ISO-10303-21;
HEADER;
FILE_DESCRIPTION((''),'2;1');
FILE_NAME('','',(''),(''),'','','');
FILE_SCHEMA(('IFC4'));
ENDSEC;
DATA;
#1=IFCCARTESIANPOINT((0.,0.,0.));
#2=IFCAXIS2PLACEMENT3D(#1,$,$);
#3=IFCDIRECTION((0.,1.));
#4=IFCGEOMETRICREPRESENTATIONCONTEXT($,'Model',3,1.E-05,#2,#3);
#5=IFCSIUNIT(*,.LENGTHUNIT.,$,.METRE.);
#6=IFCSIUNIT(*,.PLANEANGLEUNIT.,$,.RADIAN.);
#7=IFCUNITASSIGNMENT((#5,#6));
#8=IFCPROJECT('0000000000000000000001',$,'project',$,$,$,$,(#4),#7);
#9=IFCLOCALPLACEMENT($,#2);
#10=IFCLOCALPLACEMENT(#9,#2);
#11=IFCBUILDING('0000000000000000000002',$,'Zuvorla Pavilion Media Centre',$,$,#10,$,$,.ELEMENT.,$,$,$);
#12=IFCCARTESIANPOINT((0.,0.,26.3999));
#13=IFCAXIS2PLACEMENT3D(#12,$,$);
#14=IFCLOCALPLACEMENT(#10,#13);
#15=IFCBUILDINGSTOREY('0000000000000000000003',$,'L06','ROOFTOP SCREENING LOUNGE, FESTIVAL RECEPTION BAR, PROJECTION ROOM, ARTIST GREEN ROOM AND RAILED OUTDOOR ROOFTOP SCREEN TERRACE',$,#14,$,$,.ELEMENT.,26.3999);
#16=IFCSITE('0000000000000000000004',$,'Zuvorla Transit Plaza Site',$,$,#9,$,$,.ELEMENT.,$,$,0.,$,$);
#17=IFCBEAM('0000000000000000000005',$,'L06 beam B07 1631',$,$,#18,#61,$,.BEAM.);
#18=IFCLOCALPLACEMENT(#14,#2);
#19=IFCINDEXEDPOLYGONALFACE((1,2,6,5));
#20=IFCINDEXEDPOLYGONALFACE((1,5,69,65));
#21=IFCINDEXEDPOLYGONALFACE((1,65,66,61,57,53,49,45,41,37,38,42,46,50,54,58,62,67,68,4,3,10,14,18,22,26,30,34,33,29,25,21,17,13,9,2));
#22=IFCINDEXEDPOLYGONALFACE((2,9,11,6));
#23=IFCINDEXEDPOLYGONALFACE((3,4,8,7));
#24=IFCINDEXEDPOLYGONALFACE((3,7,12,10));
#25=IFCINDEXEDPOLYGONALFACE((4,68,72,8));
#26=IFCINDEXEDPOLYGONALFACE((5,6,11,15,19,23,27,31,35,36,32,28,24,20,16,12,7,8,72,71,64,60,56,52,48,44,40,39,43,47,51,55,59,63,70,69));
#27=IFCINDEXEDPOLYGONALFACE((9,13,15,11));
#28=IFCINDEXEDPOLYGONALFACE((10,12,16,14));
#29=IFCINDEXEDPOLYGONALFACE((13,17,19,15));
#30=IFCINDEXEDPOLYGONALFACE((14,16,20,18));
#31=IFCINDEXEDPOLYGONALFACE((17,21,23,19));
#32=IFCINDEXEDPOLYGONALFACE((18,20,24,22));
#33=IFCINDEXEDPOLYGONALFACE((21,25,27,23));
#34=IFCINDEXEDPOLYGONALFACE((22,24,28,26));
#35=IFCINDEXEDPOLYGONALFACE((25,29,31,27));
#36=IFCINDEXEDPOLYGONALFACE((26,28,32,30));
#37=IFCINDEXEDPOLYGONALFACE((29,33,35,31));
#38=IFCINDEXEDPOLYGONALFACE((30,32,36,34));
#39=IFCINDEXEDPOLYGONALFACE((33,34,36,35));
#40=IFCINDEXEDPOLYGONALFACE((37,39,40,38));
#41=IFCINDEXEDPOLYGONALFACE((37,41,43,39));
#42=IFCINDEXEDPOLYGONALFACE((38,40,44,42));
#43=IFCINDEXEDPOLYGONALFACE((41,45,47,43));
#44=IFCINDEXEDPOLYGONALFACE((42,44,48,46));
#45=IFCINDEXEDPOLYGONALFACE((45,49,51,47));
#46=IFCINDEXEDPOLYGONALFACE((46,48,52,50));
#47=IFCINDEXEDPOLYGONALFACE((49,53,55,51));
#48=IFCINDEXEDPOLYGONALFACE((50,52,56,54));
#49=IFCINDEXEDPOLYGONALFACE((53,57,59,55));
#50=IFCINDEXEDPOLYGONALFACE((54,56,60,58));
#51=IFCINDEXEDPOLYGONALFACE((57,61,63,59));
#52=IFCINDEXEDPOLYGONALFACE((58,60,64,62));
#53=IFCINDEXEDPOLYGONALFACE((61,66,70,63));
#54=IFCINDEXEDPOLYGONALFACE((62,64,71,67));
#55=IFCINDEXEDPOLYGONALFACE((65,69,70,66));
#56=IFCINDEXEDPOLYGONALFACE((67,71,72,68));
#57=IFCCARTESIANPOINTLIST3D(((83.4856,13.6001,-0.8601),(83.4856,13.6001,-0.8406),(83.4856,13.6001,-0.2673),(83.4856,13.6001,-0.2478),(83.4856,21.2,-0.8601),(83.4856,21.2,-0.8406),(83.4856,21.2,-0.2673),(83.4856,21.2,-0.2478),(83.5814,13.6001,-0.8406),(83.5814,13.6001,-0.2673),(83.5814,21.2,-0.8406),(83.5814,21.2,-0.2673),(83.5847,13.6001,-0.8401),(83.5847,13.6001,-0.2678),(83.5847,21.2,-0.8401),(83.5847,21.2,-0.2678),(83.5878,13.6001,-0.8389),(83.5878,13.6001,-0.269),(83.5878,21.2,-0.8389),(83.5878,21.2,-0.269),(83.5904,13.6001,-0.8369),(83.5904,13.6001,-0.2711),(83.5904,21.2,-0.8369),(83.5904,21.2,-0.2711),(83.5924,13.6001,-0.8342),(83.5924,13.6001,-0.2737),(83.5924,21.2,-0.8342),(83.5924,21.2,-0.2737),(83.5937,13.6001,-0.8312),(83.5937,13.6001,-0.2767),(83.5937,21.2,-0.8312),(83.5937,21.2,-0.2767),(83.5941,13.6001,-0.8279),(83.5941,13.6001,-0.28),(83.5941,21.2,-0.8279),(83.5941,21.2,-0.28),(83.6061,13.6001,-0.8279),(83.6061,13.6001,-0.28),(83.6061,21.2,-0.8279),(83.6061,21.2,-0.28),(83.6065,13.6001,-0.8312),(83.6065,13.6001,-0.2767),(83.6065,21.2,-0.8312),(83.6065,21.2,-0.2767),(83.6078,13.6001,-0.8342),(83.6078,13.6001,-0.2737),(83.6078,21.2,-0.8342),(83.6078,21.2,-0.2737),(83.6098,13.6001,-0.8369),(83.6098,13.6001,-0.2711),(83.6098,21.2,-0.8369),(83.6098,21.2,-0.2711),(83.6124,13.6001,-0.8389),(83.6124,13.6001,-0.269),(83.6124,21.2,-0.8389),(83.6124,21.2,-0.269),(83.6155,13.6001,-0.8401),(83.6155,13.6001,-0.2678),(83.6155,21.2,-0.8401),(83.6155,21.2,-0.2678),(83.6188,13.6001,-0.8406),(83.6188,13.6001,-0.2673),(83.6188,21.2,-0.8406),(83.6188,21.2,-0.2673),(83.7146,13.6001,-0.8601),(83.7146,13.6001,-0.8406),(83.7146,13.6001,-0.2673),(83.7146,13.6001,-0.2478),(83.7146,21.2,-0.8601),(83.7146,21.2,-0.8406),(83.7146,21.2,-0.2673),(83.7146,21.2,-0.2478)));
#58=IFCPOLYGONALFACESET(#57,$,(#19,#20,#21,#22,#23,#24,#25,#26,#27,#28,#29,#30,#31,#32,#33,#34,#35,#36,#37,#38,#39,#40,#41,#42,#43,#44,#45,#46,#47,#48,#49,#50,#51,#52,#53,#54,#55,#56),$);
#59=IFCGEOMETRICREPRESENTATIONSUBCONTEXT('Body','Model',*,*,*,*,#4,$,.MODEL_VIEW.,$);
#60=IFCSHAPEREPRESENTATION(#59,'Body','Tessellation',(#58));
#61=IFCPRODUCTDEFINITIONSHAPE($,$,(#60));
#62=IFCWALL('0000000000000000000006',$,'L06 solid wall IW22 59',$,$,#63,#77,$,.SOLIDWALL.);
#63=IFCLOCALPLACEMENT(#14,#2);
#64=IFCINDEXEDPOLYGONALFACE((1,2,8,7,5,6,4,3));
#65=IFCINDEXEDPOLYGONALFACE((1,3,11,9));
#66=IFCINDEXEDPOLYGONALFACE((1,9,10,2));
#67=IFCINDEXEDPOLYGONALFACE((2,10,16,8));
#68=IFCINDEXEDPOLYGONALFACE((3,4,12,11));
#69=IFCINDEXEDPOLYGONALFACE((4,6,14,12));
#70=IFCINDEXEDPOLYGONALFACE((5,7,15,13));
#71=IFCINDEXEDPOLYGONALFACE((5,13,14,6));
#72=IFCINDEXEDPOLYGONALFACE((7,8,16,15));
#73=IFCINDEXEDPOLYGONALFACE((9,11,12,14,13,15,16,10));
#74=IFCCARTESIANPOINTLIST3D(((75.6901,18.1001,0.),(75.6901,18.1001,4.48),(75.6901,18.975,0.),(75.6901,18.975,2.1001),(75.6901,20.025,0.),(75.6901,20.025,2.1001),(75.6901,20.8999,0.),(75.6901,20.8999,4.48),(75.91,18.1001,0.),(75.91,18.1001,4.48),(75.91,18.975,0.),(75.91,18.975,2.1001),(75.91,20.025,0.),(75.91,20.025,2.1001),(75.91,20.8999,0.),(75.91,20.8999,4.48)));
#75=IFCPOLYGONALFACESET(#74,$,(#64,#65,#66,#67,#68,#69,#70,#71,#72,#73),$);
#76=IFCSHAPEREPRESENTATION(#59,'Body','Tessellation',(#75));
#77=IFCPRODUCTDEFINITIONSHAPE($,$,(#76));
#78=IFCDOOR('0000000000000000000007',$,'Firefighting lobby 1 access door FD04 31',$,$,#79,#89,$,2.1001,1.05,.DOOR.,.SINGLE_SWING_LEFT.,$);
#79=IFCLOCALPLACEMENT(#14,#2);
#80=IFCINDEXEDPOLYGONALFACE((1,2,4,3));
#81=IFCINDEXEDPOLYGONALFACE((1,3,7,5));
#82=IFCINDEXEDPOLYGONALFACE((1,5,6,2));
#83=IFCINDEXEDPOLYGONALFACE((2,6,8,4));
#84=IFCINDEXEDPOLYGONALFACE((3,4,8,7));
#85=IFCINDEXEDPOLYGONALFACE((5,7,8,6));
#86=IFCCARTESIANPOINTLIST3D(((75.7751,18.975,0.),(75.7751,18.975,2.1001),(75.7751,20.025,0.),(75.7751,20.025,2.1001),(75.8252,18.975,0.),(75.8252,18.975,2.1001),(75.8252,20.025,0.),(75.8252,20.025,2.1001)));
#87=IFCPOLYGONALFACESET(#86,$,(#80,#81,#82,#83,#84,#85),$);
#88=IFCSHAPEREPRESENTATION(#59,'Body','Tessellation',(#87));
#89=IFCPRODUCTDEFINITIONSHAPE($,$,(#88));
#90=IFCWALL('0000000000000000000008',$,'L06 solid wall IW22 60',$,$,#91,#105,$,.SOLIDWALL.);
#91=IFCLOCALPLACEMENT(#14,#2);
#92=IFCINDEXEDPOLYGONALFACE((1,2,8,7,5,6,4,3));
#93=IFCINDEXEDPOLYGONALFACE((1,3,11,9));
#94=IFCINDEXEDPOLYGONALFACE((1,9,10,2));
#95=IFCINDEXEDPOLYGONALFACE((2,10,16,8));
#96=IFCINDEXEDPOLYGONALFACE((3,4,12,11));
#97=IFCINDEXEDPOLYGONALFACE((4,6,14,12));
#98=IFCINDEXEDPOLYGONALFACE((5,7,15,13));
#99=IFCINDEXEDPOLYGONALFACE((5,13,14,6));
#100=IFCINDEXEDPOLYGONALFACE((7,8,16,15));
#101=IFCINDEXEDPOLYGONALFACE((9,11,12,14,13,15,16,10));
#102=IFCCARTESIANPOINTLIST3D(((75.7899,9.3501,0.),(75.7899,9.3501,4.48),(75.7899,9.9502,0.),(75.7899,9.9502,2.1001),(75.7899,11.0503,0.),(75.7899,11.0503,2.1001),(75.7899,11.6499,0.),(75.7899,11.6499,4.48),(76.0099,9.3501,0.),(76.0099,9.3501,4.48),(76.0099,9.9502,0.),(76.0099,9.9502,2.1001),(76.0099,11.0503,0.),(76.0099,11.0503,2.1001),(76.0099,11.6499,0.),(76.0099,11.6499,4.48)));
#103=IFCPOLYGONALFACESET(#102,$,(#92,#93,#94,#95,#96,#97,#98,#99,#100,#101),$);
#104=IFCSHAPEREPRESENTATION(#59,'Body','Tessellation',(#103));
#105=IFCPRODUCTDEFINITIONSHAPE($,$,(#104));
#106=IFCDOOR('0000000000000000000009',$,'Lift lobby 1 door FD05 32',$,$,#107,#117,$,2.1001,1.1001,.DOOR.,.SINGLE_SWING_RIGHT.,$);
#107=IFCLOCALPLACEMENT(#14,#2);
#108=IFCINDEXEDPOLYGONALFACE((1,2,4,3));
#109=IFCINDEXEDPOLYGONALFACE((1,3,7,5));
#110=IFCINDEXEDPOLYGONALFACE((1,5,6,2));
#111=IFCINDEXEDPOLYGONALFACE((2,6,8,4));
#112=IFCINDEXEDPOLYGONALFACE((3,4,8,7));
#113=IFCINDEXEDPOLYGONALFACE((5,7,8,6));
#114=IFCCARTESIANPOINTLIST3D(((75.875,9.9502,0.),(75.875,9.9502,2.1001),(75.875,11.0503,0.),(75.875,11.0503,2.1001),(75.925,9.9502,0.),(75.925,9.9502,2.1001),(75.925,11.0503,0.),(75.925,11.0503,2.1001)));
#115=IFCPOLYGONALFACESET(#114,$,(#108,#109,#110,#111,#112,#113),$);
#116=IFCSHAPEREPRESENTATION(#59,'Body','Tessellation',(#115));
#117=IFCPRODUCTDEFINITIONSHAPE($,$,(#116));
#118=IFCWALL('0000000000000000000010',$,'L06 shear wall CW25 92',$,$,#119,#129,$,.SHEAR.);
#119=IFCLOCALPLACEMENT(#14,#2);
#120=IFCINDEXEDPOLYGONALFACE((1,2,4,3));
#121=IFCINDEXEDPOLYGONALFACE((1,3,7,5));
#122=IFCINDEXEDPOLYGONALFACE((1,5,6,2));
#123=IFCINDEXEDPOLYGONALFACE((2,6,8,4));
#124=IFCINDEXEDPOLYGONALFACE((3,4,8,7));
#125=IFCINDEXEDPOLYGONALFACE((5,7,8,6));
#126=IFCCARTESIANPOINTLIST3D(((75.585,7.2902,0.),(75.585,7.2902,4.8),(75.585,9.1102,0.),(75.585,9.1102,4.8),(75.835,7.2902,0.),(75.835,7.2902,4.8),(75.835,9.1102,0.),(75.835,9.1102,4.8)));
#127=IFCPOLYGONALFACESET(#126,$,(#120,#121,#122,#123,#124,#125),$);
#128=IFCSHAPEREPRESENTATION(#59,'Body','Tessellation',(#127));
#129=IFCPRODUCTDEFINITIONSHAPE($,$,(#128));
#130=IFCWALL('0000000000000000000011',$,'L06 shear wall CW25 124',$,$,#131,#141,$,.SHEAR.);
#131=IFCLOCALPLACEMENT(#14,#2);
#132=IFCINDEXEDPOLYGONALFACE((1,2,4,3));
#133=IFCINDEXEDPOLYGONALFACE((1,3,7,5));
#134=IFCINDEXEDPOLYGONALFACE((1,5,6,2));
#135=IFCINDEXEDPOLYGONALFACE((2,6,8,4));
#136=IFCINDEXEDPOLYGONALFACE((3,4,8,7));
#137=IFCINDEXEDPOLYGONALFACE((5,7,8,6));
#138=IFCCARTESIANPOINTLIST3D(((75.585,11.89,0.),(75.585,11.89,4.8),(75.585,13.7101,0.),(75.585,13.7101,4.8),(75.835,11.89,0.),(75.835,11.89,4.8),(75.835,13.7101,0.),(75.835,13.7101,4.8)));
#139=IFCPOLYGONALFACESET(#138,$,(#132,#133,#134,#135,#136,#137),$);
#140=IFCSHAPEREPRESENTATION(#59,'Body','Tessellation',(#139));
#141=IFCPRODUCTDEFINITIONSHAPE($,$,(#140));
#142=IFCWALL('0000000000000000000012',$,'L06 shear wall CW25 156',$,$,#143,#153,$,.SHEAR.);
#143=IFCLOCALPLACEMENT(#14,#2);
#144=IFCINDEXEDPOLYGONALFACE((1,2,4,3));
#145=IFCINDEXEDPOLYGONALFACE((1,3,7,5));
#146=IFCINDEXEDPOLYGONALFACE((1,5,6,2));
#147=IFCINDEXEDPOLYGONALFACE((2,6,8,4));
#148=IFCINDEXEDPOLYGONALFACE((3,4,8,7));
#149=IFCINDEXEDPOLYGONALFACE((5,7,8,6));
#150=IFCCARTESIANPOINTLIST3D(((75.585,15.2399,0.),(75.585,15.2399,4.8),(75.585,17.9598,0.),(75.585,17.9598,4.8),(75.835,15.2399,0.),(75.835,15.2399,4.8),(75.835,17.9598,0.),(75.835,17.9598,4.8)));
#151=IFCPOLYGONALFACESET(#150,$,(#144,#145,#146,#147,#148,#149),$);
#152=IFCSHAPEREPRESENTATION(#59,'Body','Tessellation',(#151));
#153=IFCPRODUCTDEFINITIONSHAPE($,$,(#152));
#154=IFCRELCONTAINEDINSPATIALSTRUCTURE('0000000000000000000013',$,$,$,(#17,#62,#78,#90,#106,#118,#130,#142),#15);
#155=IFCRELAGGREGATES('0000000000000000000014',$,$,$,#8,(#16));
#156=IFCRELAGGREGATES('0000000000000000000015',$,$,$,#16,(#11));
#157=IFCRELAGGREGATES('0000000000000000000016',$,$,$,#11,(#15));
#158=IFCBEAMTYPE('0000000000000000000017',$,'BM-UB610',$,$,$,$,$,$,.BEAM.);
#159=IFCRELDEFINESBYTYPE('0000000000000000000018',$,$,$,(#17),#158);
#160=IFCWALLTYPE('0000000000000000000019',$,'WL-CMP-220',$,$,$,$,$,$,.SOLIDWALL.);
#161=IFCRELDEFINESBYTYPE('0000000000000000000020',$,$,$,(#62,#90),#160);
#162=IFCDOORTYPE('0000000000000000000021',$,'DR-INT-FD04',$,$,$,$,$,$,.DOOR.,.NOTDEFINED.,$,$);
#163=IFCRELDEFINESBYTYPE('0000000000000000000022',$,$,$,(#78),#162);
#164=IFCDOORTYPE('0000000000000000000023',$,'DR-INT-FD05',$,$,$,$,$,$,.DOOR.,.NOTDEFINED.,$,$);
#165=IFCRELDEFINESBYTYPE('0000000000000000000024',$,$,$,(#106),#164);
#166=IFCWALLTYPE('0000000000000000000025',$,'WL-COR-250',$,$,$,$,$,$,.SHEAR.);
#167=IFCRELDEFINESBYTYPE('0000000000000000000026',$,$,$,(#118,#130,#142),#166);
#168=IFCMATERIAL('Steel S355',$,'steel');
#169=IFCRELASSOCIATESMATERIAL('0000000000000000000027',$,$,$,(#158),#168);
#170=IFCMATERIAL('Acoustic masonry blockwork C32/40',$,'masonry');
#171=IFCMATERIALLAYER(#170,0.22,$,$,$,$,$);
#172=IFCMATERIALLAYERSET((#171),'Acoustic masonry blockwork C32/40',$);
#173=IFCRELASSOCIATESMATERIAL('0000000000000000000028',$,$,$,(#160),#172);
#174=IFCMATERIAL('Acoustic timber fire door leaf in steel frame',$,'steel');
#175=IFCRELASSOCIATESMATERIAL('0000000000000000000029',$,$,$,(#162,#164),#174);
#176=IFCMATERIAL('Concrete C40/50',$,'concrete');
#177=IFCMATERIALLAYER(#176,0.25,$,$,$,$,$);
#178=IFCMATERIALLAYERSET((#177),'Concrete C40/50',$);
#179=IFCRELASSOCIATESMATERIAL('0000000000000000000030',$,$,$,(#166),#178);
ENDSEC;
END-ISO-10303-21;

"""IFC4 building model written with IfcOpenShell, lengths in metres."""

from ifc_helpers import new_model, si_unit, direction, frame, frame_2d, origin, origin_2d, place, context, subcontext, project, spatial, rectangle, i_section, extrude, material, layer, layer_set, material_profile, profile_set, type_object, element, fill, save


model = new_model("IFC4")

# Units and contexts
model_context = context("Model", 3, precision=1e-05, world=origin(), true_north=direction((0.0, 1.0)))
body_context = subcontext(model_context, "Body", "Model", "MODEL_VIEW")
ifc_project = project(units=[si_unit("LENGTHUNIT", "METRE"), si_unit("PLANEANGLEUNIT", "RADIAN")], contexts=[model_context])

# Site, building, storey
site_placement = place(None, origin())
site = spatial("IfcSite", under=ifc_project, at=site_placement, Name="Zuvorla Transit Plaza Site", CompositionType="ELEMENT", RefElevation=0.0)
building_placement = place(site_placement, origin())
building = spatial("IfcBuilding", under=site, at=building_placement, Name="Zuvorla Pavilion Media Centre", CompositionType="ELEMENT")
storey_placement = place(building_placement, frame((0.0, 0.0, 26.3999)))
storey = spatial("IfcBuildingStorey", under=building, at=storey_placement, Name="L06", Description="ROOFTOP SCREENING LOUNGE, FESTIVAL RECEPTION BAR, PROJECTION ROOM, ARTIST GREEN ROOM AND RAILED OUTDOOR ROOFTOP SCREEN TERRACE", CompositionType="ELEMENT", Elevation=26.3999)

# Shared definitions
ifc_material_1 = material(Name="Steel S355", Category="steel")

# Beam
ifc_material_profile_1 = material_profile(ifc_material_1, i_section(OverallWidth=0.229, OverallDepth=0.6123, WebThickness=0.012, FlangeThickness=0.0195, FilletRadius=0.0127, at=origin_2d()), Name="UB 610x229x125")
ifc_profile_set_1 = profile_set([ifc_material_profile_1], Name="Steel S355")
beam_type_1 = type_object("IfcBeamType", Name="BM-UB610", PredefinedType="BEAM", material=ifc_profile_set_1)
beam_1_placement = place(storey_placement, frame((83.6001, 13.6001, -0.554), z_axis=(0.0, 1.0, 0.0), x_axis=(-1.0, 0.0, 0.0)))
element("IfcBeam", 1, at=beam_1_placement, inside=storey, type_object=beam_type_1, Name="L06 beam B07 1631", PredefinedType="BEAM", context=body_context, shape_type="SweptSolid", body=[
    extrude(i_section(OverallWidth=0.229, OverallDepth=0.6123, WebThickness=0.012, FlangeThickness=0.0195, FilletRadius=0.0127, at=origin_2d()), origin(), (0.0, 0.0, 1.0), 7.5999),
])

# Walls, openings, doors
ifc_material_2 = material(Name="Acoustic masonry blockwork C32/40", Category="masonry")
ifc_layer_1 = layer(ifc_material_2, 0.22)
ifc_layer_set_1 = layer_set([ifc_layer_1], Name="Acoustic masonry blockwork C32/40")
wall_type_1 = type_object("IfcWallType", Name="WL-CMP-220", PredefinedType="SOLIDWALL", material=ifc_layer_set_1)
wall_1_placement = place(storey_placement, frame((75.8, 18.1001, 0.0), z_axis=(0.0, 0.0, 1.0), x_axis=(0.0, 1.0, 0.0)))
wall_1 = element("IfcWall", 2, at=wall_1_placement, inside=storey, type_object=wall_type_1, Name="L06 solid wall IW22 59", PredefinedType="SOLIDWALL", context=body_context, shape_type="SweptSolid", body=[
    extrude(rectangle(XDim=2.7998, YDim=0.22, at=frame_2d((1.3999, 0.0))), origin(), (0.0, 0.0, 1.0), 4.48),
])
opening_1_placement = place(wall_1_placement, frame((0.875, 0.0, 0.0)))
opening_1 = element("IfcOpeningElement", 3, at=opening_1_placement, cuts=wall_1, PredefinedType="OPENING", context=body_context, shape_type="SweptSolid", body=[
    extrude(rectangle(XDim=1.05, YDim=2.1001, at=frame_2d((0.5249, 1.05))), frame((0.0, 0.1199, 0.0), z_axis=(0.0, -1.0, 0.0), x_axis=(1.0, 0.0, 0.0)), (0.0, 0.0, 1.0), 0.24),
])
ifc_material_3 = material(Name="Acoustic timber fire door leaf in steel frame", Category="steel")
door_type_1 = type_object("IfcDoorType", Name="DR-INT-FD04", OperationType="NOTDEFINED", PredefinedType="DOOR", material=ifc_material_3)
door_1_placement = place(opening_1_placement, origin())
door_1 = element("IfcDoor", 4, at=door_1_placement, inside=storey, type_object=door_type_1, Name="Firefighting lobby 1 access door FD04 31", OperationType="SINGLE_SWING_LEFT", OverallHeight=2.1001, OverallWidth=1.05, PredefinedType="DOOR", context=body_context, shape_type="SweptSolid", body=[
    extrude(rectangle(XDim=1.05, YDim=2.1001, at=frame_2d((0.5249, 1.05))), frame((0.0, 0.0249, 0.0), z_axis=(0.0, -1.0, 0.0), x_axis=(1.0, 0.0, 0.0)), (0.0, 0.0, 1.0), 0.05),
])
fill(opening_1, door_1)
wall_2_placement = place(storey_placement, frame((75.8999, 9.3501, 0.0), z_axis=(0.0, 0.0, 1.0), x_axis=(0.0, 1.0, 0.0)))
wall_2 = element("IfcWall", 5, at=wall_2_placement, inside=storey, type_object=wall_type_1, Name="L06 solid wall IW22 60", PredefinedType="SOLIDWALL", context=body_context, shape_type="SweptSolid", body=[
    extrude(rectangle(XDim=2.2998, YDim=0.22, at=frame_2d((1.1499, 0.0))), origin(), (0.0, 0.0, 1.0), 4.48),
])
opening_2_placement = place(wall_2_placement, frame((0.6001, 0.0, 0.0)))
opening_2 = element("IfcOpeningElement", 6, at=opening_2_placement, cuts=wall_2, PredefinedType="OPENING", context=body_context, shape_type="SweptSolid", body=[
    extrude(rectangle(XDim=1.1001, YDim=2.1001, at=frame_2d((0.55, 1.05))), frame((0.0, 0.1199, 0.0), z_axis=(0.0, -1.0, 0.0), x_axis=(1.0, 0.0, 0.0)), (0.0, 0.0, 1.0), 0.24),
])
door_type_2 = type_object("IfcDoorType", Name="DR-INT-FD05", OperationType="NOTDEFINED", PredefinedType="DOOR", material=ifc_material_3)
door_2_placement = place(opening_2_placement, origin())
door_2 = element("IfcDoor", 7, at=door_2_placement, inside=storey, type_object=door_type_2, Name="Lift lobby 1 door FD05 32", OperationType="SINGLE_SWING_RIGHT", OverallHeight=2.1001, OverallWidth=1.1001, PredefinedType="DOOR", context=body_context, shape_type="SweptSolid", body=[
    extrude(rectangle(XDim=1.1001, YDim=2.1001, at=frame_2d((0.55, 1.05))), frame((0.0, 0.0249, 0.0), z_axis=(0.0, -1.0, 0.0), x_axis=(1.0, 0.0, 0.0)), (0.0, 0.0, 1.0), 0.05),
])
fill(opening_2, door_2)

# Walls
ifc_material_4 = material(Name="Concrete C40/50", Category="concrete")
ifc_layer_2 = layer(ifc_material_4, 0.25)
ifc_layer_set_2 = layer_set([ifc_layer_2], Name="Concrete C40/50")
wall_type_2 = type_object("IfcWallType", Name="WL-COR-250", PredefinedType="SHEAR", material=ifc_layer_set_2)
for number, where, z_axis, x_axis, name in (
    (8, (75.71, 7.29, 0.0), (0.0, 0.0, 1.0), (0.0, 1.0, 0.0), "L06 shear wall CW25 92"),
    (9, (75.71, 11.8899, 0.0), (0.0, 0.0, 1.0), (0.0, 1.0, 0.0), "L06 shear wall CW25 124"),
):
    element("IfcWall", number, at=place(storey_placement, frame(where, z_axis=z_axis, x_axis=x_axis)), inside=storey, type_object=wall_type_2, Name=name, PredefinedType="SHEAR", context=body_context, shape_type="SweptSolid", body=[
        extrude(rectangle(XDim=1.8201, YDim=0.25, at=frame_2d((0.9102, 0.0))), origin(), (0.0, 0.0, 1.0), 4.8),
    ])
wall_3_placement = place(storey_placement, frame((75.71, 15.24, 0.0), z_axis=(0.0, 0.0, 1.0), x_axis=(0.0, 1.0, 0.0)))
element("IfcWall", 10, at=wall_3_placement, inside=storey, type_object=wall_type_2, Name="L06 shear wall CW25 156", PredefinedType="SHEAR", context=body_context, shape_type="SweptSolid", body=[
    extrude(rectangle(XDim=2.72, YDim=0.25, at=frame_2d((1.3599, 0.0))), origin(), (0.0, 0.0, 1.0), 4.8),
])

save(model, "model.ifc")
